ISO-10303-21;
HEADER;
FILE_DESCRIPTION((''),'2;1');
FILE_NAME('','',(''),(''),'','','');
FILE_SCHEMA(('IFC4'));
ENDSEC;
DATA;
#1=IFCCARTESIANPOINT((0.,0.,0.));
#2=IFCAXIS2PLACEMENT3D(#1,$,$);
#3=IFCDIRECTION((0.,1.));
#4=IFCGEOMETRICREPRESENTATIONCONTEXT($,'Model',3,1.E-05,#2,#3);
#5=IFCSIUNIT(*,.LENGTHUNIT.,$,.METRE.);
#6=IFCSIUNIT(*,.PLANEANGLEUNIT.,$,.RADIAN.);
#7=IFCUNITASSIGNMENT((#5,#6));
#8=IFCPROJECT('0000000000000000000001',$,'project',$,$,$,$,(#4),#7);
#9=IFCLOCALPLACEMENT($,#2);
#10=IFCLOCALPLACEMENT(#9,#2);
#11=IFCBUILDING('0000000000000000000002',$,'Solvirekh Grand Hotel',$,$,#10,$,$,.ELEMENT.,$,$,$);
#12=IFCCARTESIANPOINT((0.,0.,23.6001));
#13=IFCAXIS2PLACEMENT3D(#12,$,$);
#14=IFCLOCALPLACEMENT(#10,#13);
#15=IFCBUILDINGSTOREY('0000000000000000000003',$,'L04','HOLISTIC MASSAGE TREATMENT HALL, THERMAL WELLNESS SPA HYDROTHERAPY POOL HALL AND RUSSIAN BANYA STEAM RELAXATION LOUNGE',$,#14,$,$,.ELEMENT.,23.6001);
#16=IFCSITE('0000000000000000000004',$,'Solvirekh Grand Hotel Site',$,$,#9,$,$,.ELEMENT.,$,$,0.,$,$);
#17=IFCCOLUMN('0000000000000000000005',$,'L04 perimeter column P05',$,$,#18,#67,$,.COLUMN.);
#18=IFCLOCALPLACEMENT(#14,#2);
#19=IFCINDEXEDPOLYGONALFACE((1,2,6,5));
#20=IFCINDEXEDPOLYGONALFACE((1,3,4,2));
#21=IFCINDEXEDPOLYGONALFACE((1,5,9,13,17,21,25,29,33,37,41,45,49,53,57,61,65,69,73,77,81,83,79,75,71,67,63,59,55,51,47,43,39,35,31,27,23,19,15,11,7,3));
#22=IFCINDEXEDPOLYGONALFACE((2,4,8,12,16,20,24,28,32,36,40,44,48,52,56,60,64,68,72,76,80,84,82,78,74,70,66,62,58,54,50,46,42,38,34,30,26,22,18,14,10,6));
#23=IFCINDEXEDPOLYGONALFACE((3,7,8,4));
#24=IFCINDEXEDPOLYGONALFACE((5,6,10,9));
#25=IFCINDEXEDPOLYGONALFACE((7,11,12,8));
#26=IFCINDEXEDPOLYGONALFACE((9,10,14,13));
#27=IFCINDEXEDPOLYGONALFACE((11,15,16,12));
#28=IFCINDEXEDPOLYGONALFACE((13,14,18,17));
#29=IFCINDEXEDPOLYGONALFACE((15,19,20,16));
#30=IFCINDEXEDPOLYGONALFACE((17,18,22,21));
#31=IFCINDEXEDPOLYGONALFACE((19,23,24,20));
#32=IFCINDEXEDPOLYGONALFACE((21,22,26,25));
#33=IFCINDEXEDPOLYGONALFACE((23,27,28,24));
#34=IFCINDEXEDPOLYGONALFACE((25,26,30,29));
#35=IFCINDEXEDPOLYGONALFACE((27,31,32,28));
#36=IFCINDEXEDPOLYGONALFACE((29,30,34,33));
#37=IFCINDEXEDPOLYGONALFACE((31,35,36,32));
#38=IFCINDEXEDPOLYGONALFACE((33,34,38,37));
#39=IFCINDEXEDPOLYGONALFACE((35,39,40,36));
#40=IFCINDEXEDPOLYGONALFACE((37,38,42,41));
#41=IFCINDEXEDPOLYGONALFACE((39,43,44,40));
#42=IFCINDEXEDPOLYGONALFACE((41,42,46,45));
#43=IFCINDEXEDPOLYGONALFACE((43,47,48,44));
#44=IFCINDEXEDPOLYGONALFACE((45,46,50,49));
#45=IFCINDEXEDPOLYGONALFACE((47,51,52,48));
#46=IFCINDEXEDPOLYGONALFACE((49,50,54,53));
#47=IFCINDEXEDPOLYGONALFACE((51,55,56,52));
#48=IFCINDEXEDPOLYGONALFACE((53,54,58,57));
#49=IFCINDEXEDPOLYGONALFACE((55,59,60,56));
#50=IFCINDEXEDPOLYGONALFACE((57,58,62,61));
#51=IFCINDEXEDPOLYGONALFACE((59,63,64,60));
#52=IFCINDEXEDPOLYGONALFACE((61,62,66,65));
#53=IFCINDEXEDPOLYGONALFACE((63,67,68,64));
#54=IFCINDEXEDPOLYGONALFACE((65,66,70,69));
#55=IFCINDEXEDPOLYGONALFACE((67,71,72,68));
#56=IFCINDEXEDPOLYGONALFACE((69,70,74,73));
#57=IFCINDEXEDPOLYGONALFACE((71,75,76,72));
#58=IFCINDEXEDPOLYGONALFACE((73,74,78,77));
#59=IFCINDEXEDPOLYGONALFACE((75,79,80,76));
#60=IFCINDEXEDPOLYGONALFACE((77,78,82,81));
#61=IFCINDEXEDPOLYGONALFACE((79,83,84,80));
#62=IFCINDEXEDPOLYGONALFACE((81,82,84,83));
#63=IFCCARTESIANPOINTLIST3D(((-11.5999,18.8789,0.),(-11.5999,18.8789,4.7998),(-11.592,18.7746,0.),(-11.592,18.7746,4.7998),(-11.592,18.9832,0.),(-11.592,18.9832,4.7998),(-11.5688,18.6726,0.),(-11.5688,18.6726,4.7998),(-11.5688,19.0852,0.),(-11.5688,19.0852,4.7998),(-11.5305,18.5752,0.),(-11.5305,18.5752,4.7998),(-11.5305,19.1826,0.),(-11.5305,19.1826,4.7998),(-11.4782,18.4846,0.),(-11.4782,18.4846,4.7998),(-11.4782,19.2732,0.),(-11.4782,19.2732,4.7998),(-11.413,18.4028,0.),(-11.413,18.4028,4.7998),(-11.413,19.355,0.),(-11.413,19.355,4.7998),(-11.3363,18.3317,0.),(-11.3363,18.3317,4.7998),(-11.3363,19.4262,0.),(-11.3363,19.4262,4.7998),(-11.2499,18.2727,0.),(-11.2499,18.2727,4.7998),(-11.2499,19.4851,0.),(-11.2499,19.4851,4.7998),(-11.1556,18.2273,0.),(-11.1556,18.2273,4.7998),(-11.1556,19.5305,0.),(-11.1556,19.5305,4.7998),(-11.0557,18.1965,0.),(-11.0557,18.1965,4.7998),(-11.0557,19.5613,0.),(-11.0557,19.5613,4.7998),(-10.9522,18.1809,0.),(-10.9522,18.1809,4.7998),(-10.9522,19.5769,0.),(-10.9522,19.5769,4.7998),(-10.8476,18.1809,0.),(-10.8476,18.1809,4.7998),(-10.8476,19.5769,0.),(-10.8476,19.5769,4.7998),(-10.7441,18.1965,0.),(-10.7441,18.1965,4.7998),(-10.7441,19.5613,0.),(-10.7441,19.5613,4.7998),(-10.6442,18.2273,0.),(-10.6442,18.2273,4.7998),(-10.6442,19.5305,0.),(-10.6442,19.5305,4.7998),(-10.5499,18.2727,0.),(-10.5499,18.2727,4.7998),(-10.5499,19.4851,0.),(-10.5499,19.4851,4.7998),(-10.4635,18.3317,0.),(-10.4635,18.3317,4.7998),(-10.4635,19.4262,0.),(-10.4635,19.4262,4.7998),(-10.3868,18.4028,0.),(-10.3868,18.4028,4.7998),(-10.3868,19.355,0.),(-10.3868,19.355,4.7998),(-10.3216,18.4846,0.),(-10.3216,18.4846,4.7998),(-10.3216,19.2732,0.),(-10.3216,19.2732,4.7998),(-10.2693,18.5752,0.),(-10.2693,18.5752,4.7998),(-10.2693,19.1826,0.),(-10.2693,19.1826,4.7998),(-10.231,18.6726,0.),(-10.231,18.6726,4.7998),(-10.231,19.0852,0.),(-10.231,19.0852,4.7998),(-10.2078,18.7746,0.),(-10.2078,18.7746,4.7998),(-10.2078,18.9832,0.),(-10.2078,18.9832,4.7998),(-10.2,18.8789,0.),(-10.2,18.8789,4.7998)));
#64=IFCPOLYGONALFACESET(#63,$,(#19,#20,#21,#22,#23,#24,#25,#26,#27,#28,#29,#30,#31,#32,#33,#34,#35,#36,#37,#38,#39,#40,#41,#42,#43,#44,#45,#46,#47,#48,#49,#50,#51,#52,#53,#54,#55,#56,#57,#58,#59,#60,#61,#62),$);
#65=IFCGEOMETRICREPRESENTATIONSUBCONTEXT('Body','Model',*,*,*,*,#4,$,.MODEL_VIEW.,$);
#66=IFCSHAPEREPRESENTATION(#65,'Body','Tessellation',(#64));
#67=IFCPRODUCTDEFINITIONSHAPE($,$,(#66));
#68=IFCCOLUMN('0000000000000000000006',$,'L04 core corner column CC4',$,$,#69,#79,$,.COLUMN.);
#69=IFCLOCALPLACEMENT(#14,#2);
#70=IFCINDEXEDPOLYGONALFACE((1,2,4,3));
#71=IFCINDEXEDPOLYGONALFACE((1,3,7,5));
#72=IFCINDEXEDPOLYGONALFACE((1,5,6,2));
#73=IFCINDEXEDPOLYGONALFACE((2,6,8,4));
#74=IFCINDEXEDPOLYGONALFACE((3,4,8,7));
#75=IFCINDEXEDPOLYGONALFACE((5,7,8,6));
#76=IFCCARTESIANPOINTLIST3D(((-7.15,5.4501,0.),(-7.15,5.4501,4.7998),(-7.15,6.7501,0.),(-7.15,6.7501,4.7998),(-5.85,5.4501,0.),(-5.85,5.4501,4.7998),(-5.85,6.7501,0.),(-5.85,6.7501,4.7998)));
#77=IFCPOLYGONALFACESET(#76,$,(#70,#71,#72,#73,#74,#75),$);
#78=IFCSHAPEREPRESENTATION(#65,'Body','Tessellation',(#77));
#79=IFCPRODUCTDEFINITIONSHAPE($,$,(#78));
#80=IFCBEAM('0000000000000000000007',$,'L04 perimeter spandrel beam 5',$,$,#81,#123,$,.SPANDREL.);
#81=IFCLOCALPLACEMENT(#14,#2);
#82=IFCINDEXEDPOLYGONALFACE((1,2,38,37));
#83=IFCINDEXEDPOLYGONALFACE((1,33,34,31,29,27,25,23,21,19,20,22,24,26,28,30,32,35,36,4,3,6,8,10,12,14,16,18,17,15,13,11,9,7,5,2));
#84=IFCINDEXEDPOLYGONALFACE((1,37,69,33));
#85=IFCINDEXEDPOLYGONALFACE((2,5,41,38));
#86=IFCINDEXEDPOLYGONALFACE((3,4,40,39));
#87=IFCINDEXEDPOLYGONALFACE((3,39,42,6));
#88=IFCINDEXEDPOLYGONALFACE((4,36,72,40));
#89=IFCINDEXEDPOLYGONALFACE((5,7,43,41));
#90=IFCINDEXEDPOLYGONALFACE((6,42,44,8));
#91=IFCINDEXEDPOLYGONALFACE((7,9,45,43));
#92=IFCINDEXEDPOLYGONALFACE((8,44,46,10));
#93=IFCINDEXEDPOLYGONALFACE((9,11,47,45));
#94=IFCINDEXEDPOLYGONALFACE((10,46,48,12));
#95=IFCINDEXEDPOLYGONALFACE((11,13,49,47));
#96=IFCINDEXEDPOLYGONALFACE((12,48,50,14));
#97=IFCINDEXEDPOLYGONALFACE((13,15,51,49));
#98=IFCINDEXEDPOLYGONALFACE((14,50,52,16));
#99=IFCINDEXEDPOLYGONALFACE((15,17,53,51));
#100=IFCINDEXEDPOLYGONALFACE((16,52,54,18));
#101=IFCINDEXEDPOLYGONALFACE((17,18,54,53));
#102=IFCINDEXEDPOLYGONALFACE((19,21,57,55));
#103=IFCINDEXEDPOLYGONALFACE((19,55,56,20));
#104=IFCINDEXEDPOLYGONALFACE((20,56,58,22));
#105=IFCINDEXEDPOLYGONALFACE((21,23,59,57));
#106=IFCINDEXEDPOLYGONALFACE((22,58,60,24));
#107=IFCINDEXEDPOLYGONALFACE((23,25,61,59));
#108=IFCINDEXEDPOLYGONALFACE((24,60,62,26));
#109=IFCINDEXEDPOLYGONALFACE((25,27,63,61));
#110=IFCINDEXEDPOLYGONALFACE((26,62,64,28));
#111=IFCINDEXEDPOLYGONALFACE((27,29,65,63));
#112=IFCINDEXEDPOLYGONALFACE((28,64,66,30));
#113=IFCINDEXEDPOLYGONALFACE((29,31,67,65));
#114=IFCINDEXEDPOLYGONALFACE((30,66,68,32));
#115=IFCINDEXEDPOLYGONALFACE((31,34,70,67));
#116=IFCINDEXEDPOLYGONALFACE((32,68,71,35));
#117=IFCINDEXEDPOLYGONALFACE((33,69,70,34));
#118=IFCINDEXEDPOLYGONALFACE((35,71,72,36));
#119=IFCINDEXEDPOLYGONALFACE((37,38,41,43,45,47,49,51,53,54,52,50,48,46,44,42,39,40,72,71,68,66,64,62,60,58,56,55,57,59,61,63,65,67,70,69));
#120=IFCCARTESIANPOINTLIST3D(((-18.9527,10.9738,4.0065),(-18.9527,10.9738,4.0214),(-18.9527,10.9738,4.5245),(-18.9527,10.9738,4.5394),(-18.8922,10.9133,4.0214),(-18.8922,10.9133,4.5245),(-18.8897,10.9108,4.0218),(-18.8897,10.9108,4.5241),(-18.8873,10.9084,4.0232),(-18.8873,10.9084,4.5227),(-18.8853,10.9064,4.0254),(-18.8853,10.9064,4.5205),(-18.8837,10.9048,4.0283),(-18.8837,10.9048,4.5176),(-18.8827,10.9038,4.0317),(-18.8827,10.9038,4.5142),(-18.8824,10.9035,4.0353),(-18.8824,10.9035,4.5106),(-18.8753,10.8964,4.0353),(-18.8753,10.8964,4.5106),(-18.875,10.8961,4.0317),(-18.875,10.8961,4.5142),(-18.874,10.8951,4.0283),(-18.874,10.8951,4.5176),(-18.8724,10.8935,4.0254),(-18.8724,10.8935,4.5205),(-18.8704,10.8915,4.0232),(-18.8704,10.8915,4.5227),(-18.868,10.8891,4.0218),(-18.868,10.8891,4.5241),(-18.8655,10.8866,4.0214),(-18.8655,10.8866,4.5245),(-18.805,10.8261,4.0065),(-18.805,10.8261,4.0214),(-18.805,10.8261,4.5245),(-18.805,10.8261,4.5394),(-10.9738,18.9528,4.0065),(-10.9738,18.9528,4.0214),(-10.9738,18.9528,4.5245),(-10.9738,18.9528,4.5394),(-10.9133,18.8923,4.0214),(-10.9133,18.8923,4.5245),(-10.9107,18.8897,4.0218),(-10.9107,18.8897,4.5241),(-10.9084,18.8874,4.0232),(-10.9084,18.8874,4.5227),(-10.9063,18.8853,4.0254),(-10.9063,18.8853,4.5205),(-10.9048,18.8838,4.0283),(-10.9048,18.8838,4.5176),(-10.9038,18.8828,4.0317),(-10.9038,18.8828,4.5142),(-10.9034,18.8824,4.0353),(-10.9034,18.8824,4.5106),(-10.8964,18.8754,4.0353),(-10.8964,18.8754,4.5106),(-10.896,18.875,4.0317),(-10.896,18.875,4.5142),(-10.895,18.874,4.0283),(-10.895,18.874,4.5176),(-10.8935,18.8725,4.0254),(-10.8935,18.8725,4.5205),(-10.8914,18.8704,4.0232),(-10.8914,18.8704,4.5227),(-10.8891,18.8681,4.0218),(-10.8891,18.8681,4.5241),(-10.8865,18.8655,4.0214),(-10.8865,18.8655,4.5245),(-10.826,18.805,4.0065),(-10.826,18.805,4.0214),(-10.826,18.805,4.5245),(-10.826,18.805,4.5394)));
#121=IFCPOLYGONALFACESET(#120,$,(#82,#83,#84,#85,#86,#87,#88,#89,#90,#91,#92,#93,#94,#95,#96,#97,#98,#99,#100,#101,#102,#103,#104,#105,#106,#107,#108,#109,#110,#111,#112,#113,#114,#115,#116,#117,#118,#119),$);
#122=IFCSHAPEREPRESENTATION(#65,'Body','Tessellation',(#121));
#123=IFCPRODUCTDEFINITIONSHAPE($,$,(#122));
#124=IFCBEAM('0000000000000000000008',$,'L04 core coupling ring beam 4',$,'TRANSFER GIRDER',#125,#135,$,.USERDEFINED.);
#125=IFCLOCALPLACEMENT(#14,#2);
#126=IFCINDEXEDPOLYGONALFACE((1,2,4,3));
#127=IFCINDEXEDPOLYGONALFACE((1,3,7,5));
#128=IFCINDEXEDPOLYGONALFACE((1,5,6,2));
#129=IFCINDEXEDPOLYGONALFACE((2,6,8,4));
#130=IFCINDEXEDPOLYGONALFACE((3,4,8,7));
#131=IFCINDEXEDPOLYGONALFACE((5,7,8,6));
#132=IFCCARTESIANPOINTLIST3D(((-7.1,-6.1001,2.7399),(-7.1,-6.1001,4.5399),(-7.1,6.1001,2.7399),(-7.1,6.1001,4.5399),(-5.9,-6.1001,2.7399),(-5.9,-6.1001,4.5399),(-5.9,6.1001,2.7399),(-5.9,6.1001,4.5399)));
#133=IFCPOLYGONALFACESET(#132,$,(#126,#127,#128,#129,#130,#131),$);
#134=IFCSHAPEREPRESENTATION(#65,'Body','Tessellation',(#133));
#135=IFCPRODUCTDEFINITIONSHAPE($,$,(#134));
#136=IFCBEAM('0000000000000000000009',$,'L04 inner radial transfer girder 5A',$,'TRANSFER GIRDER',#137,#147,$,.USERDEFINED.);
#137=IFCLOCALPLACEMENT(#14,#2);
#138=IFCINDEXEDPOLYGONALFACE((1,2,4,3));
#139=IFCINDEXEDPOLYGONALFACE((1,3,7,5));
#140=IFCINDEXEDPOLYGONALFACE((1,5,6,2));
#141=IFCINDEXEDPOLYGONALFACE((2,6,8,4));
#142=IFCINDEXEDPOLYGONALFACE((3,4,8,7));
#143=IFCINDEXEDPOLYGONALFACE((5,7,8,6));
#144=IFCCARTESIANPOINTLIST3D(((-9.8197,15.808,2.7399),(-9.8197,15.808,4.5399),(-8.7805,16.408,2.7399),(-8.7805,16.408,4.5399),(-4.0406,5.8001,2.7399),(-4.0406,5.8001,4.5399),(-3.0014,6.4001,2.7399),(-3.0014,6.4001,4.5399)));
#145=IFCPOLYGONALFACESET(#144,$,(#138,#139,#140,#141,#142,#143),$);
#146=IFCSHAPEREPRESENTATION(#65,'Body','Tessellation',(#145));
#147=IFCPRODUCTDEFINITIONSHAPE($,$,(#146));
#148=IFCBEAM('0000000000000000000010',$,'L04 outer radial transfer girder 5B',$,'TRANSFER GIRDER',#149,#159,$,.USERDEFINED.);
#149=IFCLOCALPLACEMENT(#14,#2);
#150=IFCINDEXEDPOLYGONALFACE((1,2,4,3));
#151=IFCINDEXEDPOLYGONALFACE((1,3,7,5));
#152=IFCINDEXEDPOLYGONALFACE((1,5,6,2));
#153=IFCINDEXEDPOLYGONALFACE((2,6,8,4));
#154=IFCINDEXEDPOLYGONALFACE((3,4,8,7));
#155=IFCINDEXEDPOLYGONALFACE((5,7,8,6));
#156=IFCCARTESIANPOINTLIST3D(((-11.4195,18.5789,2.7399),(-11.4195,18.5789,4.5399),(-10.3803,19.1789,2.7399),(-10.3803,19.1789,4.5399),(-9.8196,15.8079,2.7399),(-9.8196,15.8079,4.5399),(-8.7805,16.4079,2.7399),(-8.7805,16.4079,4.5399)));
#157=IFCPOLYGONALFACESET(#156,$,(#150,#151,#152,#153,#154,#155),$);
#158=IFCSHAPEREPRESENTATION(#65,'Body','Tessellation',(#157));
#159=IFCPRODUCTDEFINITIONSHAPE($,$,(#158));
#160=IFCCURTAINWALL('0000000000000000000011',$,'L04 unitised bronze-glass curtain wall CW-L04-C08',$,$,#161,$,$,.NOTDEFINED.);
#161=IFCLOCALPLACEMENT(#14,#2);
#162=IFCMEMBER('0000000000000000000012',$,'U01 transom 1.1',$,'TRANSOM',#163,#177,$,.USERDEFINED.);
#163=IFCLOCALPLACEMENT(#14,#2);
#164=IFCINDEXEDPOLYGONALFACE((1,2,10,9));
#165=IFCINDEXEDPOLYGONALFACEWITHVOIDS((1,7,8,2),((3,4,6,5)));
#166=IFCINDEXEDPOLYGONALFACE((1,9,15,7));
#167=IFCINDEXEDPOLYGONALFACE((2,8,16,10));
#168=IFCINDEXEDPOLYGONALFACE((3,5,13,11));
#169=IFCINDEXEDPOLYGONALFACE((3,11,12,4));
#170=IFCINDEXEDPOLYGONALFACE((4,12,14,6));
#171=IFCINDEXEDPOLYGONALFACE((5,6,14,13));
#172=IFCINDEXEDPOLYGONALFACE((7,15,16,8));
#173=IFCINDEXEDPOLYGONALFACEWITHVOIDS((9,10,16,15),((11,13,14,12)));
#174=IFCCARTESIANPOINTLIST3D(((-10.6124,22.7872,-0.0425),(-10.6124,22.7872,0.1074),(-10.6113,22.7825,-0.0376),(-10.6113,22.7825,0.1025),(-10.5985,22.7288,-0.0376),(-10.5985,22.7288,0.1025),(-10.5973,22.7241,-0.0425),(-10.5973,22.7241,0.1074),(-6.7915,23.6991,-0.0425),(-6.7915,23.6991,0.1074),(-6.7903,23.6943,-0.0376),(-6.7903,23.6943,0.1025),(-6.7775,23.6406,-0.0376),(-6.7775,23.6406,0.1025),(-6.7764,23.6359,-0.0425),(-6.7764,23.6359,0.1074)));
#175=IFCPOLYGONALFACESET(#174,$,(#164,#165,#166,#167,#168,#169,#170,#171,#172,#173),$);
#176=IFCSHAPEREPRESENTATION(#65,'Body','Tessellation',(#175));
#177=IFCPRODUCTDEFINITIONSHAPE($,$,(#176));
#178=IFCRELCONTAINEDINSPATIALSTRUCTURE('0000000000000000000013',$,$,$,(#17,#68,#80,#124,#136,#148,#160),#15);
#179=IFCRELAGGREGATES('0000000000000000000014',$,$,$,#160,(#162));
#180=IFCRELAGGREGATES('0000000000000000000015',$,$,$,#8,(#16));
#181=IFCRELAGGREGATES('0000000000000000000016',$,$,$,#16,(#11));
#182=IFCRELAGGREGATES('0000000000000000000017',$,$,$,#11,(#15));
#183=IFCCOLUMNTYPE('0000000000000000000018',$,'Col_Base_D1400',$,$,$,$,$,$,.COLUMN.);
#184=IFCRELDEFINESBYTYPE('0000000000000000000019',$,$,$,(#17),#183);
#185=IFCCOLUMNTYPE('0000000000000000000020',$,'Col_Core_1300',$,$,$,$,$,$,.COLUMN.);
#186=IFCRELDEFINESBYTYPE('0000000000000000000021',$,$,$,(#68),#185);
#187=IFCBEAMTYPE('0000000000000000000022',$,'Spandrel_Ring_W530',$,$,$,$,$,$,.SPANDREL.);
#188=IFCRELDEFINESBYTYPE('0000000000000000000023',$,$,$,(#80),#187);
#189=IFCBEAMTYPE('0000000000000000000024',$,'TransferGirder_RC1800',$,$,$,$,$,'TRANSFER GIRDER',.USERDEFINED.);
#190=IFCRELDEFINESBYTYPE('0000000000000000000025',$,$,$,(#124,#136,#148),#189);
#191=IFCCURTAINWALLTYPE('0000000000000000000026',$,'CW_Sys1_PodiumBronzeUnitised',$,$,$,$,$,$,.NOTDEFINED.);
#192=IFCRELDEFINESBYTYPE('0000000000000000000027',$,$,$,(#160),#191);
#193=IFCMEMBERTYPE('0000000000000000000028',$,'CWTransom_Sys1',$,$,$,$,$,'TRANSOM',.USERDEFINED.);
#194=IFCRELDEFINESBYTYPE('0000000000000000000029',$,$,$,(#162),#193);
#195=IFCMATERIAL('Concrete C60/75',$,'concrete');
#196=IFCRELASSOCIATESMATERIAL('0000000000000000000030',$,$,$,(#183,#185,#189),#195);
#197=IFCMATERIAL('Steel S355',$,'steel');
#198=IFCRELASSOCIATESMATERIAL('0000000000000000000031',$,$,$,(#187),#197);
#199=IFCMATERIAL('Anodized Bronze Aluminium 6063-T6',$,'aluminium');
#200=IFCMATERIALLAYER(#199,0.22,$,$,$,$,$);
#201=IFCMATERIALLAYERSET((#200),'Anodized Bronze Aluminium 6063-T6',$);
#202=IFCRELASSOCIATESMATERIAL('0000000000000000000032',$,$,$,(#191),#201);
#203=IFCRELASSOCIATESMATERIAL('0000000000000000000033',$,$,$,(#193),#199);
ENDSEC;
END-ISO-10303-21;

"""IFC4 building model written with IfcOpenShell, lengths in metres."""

from ifc_helpers import new_model, si_unit, direction, frame, origin, origin_2d, place, context, subcontext, project, spatial, rectangle, hollow_rectangle, circle, i_section, extrude, source, transform, mapped, material, layer, layer_set, material_profile, profile_set, type_object, element, aggregate, save


model = new_model("IFC4")

# Units and contexts
model_context = context("Model", 3, precision=1e-05, world=origin(), true_north=direction((0.0, 1.0)))
body_context = subcontext(model_context, "Body", "Model", "MODEL_VIEW")
ifc_project = project(units=[si_unit("LENGTHUNIT", "METRE"), si_unit("PLANEANGLEUNIT", "RADIAN")], contexts=[model_context])

# Site, building, storey
site_placement = place(None, origin())
site = spatial("IfcSite", under=ifc_project, at=site_placement, Name="Solvirekh Grand Hotel Site", CompositionType="ELEMENT", RefElevation=0.0)
building_placement = place(site_placement, origin())
building = spatial("IfcBuilding", under=site, at=building_placement, Name="Solvirekh Grand Hotel", CompositionType="ELEMENT")
storey_placement = place(building_placement, frame((0.0, 0.0, 23.6001)))
storey = spatial("IfcBuildingStorey", under=building, at=storey_placement, Name="L04", Description="HOLISTIC MASSAGE TREATMENT HALL, THERMAL WELLNESS SPA HYDROTHERAPY POOL HALL AND RUSSIAN BANYA STEAM RELAXATION LOUNGE", CompositionType="ELEMENT", Elevation=23.6001)

# Columns
ifc_material_1 = material(Name="Concrete C60/75", Category="concrete")
ifc_material_profile_1 = material_profile(ifc_material_1, circle(Radius=0.7, at=origin_2d()), Name="RC CIRC D1400")
ifc_profile_set_1 = profile_set([ifc_material_profile_1], Name="Concrete C60/75")
column_type_1 = type_object("IfcColumnType", Name="Col_Base_D1400", PredefinedType="COLUMN", material=ifc_profile_set_1)
column_1_placement = place(storey_placement, frame((-10.8999, 18.8789, 0.0), z_axis=(0.0, 0.0, 1.0), x_axis=(1.0, 0.0, 0.0)))
element("IfcColumn", 1, at=column_1_placement, inside=storey, type_object=column_type_1, Name="L04 perimeter column P05", PredefinedType="COLUMN", context=body_context, shape_type="SweptSolid", body=[
    extrude(circle(Radius=0.7, at=origin_2d()), origin(), (0.0, 0.0, 1.0), 4.7998),
])
ifc_material_profile_2 = material_profile(ifc_material_1, rectangle(XDim=1.3, YDim=1.3, at=origin_2d()), Name="RC 1300X1300")
ifc_profile_set_2 = profile_set([ifc_material_profile_2], Name="Concrete C60/75")
column_type_2 = type_object("IfcColumnType", Name="Col_Core_1300", PredefinedType="COLUMN", material=ifc_profile_set_2)
column_2_placement = place(storey_placement, frame((-6.5, 6.1001, 0.0), z_axis=(0.0, 0.0, 1.0), x_axis=(1.0, 0.0, 0.0)))
element("IfcColumn", 2, at=column_2_placement, inside=storey, type_object=column_type_2, Name="L04 core corner column CC4", PredefinedType="COLUMN", context=body_context, shape_type="SweptSolid", body=[
    extrude(rectangle(XDim=1.3, YDim=1.3, at=origin_2d()), origin(), (0.0, 0.0, 1.0), 4.7998),
])

# Beams
ifc_material_2 = material(Name="Steel S355", Category="steel")
ifc_material_profile_3 = material_profile(ifc_material_2, i_section(OverallWidth=0.209, OverallDepth=0.533, WebThickness=0.01, FlangeThickness=0.0149, FilletRadius=0.0139, at=origin_2d()), Name="W530X92")
ifc_profile_set_3 = profile_set([ifc_material_profile_3], Name="Steel S355")
beam_type_1 = type_object("IfcBeamType", Name="Spandrel_Ring_W530", PredefinedType="SPANDREL", material=ifc_profile_set_3)
beam_1_placement = place(storey_placement, frame((-10.8999, 18.8789, 4.2729), z_axis=(-0.707107, -0.707107, 0.0), x_axis=(0.707107, -0.707107, 0.0)))
element("IfcBeam", 3, at=beam_1_placement, inside=storey, type_object=beam_type_1, Name="L04 perimeter spandrel beam 5", PredefinedType="SPANDREL", context=body_context, shape_type="SweptSolid", body=[
    extrude(i_section(OverallWidth=0.209, OverallDepth=0.533, WebThickness=0.01, FlangeThickness=0.0149, FilletRadius=0.0139, at=origin_2d()), origin(), (0.0, 0.0, 1.0), 11.2839),
])
ifc_material_profile_4 = material_profile(ifc_material_1, rectangle(XDim=1.2, YDim=1.8, at=origin_2d()), Name="RC GIRDER 1200X1800")
ifc_profile_set_4 = profile_set([ifc_material_profile_4], Name="Concrete C60/75")
beam_type_2 = type_object("IfcBeamType", Name="TransferGirder_RC1800", ElementType="TRANSFER GIRDER", PredefinedType="USERDEFINED", material=ifc_profile_set_4)
beam_2_placement = place(storey_placement, frame((-6.5, 6.1001, 3.6399), z_axis=(0.0, -1.0, 0.0), x_axis=(1.0, 0.0, 0.0)))
element("IfcBeam", 4, at=beam_2_placement, inside=storey, type_object=beam_type_2, Name="L04 core coupling ring beam 4", ObjectType="TRANSFER GIRDER", PredefinedType="USERDEFINED", context=body_context, shape_type="SweptSolid", body=[
    extrude(rectangle(XDim=1.2, YDim=1.8, at=origin_2d()), origin(), (0.0, 0.0, 1.0), 12.2002),
])
beam_3_placement = place(storey_placement, frame((-3.521, 6.1001, 3.6399), z_axis=(-0.500067, 0.865986, 0.0), x_axis=(-0.865986, -0.500067, 0.0)))
element("IfcBeam", 5, at=beam_3_placement, inside=storey, type_object=beam_type_2, Name="L04 inner radial transfer girder 5A", ObjectType="TRANSFER GIRDER", PredefinedType="USERDEFINED", context=body_context, shape_type="SweptSolid", body=[
    extrude(rectangle(XDim=1.2, YDim=1.8, at=origin_2d()), origin(), (0.0, 0.0, 1.0), 11.5566),
])
beam_4_placement = place(storey_placement, frame((-9.3, 16.1079, 3.6399), z_axis=(-0.500004, 0.866023, 0.0), x_axis=(-0.866023, -0.500004, 0.0)))
element("IfcBeam", 6, at=beam_4_placement, inside=storey, type_object=beam_type_2, Name="L04 outer radial transfer girder 5B", ObjectType="TRANSFER GIRDER", PredefinedType="USERDEFINED", context=body_context, shape_type="SweptSolid", body=[
    extrude(rectangle(XDim=1.2, YDim=1.8, at=origin_2d()), origin(), (0.0, 0.0, 1.0), 3.1997),
])

# Curtain wall, member
ifc_material_3 = material(Name="Anodized Bronze Aluminium 6063-T6", Category="aluminium")
ifc_layer_1 = layer(ifc_material_3, 0.22)
ifc_layer_set_1 = layer_set([ifc_layer_1], Name="Anodized Bronze Aluminium 6063-T6")
curtain_wall_type = type_object("IfcCurtainWallType", Name="CW_Sys1_PodiumBronzeUnitised", PredefinedType="NOTDEFINED", material=ifc_layer_set_1)
curtain_wall_placement = place(storey_placement, origin())
curtain_wall = element("IfcCurtainWall", 7, at=curtain_wall_placement, inside=storey, type_object=curtain_wall_type, Name="L04 unitised bronze-glass curtain wall CW-L04-C08", PredefinedType="NOTDEFINED")
ifc_material_profile_5 = material_profile(ifc_material_3, hollow_rectangle(XDim=0.0649, YDim=0.1499, WallThickness=0.0049, at=origin_2d()), Name="ALU RHS 150X65X5")
ifc_profile_set_5 = profile_set([ifc_material_profile_5], Name="Anodized Bronze Aluminium 6063-T6")
member_type_1 = type_object("IfcMemberType", Name="CWTransom_Sys1", ElementType="TRANSOM", PredefinedType="USERDEFINED", material=ifc_profile_set_5)
shared_shape_1 = source(origin(), body_context, "Body", "SweptSolid", [
    extrude(hollow_rectangle(XDim=0.0649, YDim=0.1499, WallThickness=0.0049, at=origin_2d()), origin(), (0.0, 0.0, 1.0), 3.9282),
])
member_1_placement = place(storey_placement, frame((-6.7839, 23.6675, 0.0325), z_axis=(-0.972686, -0.232125, 0.0), x_axis=(0.232125, -0.972686, 0.0)))
member_1 = element("IfcMember", 8, at=member_1_placement, type_object=member_type_1, Name="U01 transom 1.1", ObjectType="TRANSOM", PredefinedType="USERDEFINED", context=body_context, shape_type="MappedRepresentation", body=[
    mapped(shared_shape_1, transform((0.0, 0.0, 0.0), x_axis=(1.0, 0.0, 0.0), y_axis=(0.0, 1.0, 0.0), z_axis=(0.0, 0.0, 1.0), scale=1.0)),
])
aggregate(curtain_wall, [member_1])

save(model, "model.ifc")
